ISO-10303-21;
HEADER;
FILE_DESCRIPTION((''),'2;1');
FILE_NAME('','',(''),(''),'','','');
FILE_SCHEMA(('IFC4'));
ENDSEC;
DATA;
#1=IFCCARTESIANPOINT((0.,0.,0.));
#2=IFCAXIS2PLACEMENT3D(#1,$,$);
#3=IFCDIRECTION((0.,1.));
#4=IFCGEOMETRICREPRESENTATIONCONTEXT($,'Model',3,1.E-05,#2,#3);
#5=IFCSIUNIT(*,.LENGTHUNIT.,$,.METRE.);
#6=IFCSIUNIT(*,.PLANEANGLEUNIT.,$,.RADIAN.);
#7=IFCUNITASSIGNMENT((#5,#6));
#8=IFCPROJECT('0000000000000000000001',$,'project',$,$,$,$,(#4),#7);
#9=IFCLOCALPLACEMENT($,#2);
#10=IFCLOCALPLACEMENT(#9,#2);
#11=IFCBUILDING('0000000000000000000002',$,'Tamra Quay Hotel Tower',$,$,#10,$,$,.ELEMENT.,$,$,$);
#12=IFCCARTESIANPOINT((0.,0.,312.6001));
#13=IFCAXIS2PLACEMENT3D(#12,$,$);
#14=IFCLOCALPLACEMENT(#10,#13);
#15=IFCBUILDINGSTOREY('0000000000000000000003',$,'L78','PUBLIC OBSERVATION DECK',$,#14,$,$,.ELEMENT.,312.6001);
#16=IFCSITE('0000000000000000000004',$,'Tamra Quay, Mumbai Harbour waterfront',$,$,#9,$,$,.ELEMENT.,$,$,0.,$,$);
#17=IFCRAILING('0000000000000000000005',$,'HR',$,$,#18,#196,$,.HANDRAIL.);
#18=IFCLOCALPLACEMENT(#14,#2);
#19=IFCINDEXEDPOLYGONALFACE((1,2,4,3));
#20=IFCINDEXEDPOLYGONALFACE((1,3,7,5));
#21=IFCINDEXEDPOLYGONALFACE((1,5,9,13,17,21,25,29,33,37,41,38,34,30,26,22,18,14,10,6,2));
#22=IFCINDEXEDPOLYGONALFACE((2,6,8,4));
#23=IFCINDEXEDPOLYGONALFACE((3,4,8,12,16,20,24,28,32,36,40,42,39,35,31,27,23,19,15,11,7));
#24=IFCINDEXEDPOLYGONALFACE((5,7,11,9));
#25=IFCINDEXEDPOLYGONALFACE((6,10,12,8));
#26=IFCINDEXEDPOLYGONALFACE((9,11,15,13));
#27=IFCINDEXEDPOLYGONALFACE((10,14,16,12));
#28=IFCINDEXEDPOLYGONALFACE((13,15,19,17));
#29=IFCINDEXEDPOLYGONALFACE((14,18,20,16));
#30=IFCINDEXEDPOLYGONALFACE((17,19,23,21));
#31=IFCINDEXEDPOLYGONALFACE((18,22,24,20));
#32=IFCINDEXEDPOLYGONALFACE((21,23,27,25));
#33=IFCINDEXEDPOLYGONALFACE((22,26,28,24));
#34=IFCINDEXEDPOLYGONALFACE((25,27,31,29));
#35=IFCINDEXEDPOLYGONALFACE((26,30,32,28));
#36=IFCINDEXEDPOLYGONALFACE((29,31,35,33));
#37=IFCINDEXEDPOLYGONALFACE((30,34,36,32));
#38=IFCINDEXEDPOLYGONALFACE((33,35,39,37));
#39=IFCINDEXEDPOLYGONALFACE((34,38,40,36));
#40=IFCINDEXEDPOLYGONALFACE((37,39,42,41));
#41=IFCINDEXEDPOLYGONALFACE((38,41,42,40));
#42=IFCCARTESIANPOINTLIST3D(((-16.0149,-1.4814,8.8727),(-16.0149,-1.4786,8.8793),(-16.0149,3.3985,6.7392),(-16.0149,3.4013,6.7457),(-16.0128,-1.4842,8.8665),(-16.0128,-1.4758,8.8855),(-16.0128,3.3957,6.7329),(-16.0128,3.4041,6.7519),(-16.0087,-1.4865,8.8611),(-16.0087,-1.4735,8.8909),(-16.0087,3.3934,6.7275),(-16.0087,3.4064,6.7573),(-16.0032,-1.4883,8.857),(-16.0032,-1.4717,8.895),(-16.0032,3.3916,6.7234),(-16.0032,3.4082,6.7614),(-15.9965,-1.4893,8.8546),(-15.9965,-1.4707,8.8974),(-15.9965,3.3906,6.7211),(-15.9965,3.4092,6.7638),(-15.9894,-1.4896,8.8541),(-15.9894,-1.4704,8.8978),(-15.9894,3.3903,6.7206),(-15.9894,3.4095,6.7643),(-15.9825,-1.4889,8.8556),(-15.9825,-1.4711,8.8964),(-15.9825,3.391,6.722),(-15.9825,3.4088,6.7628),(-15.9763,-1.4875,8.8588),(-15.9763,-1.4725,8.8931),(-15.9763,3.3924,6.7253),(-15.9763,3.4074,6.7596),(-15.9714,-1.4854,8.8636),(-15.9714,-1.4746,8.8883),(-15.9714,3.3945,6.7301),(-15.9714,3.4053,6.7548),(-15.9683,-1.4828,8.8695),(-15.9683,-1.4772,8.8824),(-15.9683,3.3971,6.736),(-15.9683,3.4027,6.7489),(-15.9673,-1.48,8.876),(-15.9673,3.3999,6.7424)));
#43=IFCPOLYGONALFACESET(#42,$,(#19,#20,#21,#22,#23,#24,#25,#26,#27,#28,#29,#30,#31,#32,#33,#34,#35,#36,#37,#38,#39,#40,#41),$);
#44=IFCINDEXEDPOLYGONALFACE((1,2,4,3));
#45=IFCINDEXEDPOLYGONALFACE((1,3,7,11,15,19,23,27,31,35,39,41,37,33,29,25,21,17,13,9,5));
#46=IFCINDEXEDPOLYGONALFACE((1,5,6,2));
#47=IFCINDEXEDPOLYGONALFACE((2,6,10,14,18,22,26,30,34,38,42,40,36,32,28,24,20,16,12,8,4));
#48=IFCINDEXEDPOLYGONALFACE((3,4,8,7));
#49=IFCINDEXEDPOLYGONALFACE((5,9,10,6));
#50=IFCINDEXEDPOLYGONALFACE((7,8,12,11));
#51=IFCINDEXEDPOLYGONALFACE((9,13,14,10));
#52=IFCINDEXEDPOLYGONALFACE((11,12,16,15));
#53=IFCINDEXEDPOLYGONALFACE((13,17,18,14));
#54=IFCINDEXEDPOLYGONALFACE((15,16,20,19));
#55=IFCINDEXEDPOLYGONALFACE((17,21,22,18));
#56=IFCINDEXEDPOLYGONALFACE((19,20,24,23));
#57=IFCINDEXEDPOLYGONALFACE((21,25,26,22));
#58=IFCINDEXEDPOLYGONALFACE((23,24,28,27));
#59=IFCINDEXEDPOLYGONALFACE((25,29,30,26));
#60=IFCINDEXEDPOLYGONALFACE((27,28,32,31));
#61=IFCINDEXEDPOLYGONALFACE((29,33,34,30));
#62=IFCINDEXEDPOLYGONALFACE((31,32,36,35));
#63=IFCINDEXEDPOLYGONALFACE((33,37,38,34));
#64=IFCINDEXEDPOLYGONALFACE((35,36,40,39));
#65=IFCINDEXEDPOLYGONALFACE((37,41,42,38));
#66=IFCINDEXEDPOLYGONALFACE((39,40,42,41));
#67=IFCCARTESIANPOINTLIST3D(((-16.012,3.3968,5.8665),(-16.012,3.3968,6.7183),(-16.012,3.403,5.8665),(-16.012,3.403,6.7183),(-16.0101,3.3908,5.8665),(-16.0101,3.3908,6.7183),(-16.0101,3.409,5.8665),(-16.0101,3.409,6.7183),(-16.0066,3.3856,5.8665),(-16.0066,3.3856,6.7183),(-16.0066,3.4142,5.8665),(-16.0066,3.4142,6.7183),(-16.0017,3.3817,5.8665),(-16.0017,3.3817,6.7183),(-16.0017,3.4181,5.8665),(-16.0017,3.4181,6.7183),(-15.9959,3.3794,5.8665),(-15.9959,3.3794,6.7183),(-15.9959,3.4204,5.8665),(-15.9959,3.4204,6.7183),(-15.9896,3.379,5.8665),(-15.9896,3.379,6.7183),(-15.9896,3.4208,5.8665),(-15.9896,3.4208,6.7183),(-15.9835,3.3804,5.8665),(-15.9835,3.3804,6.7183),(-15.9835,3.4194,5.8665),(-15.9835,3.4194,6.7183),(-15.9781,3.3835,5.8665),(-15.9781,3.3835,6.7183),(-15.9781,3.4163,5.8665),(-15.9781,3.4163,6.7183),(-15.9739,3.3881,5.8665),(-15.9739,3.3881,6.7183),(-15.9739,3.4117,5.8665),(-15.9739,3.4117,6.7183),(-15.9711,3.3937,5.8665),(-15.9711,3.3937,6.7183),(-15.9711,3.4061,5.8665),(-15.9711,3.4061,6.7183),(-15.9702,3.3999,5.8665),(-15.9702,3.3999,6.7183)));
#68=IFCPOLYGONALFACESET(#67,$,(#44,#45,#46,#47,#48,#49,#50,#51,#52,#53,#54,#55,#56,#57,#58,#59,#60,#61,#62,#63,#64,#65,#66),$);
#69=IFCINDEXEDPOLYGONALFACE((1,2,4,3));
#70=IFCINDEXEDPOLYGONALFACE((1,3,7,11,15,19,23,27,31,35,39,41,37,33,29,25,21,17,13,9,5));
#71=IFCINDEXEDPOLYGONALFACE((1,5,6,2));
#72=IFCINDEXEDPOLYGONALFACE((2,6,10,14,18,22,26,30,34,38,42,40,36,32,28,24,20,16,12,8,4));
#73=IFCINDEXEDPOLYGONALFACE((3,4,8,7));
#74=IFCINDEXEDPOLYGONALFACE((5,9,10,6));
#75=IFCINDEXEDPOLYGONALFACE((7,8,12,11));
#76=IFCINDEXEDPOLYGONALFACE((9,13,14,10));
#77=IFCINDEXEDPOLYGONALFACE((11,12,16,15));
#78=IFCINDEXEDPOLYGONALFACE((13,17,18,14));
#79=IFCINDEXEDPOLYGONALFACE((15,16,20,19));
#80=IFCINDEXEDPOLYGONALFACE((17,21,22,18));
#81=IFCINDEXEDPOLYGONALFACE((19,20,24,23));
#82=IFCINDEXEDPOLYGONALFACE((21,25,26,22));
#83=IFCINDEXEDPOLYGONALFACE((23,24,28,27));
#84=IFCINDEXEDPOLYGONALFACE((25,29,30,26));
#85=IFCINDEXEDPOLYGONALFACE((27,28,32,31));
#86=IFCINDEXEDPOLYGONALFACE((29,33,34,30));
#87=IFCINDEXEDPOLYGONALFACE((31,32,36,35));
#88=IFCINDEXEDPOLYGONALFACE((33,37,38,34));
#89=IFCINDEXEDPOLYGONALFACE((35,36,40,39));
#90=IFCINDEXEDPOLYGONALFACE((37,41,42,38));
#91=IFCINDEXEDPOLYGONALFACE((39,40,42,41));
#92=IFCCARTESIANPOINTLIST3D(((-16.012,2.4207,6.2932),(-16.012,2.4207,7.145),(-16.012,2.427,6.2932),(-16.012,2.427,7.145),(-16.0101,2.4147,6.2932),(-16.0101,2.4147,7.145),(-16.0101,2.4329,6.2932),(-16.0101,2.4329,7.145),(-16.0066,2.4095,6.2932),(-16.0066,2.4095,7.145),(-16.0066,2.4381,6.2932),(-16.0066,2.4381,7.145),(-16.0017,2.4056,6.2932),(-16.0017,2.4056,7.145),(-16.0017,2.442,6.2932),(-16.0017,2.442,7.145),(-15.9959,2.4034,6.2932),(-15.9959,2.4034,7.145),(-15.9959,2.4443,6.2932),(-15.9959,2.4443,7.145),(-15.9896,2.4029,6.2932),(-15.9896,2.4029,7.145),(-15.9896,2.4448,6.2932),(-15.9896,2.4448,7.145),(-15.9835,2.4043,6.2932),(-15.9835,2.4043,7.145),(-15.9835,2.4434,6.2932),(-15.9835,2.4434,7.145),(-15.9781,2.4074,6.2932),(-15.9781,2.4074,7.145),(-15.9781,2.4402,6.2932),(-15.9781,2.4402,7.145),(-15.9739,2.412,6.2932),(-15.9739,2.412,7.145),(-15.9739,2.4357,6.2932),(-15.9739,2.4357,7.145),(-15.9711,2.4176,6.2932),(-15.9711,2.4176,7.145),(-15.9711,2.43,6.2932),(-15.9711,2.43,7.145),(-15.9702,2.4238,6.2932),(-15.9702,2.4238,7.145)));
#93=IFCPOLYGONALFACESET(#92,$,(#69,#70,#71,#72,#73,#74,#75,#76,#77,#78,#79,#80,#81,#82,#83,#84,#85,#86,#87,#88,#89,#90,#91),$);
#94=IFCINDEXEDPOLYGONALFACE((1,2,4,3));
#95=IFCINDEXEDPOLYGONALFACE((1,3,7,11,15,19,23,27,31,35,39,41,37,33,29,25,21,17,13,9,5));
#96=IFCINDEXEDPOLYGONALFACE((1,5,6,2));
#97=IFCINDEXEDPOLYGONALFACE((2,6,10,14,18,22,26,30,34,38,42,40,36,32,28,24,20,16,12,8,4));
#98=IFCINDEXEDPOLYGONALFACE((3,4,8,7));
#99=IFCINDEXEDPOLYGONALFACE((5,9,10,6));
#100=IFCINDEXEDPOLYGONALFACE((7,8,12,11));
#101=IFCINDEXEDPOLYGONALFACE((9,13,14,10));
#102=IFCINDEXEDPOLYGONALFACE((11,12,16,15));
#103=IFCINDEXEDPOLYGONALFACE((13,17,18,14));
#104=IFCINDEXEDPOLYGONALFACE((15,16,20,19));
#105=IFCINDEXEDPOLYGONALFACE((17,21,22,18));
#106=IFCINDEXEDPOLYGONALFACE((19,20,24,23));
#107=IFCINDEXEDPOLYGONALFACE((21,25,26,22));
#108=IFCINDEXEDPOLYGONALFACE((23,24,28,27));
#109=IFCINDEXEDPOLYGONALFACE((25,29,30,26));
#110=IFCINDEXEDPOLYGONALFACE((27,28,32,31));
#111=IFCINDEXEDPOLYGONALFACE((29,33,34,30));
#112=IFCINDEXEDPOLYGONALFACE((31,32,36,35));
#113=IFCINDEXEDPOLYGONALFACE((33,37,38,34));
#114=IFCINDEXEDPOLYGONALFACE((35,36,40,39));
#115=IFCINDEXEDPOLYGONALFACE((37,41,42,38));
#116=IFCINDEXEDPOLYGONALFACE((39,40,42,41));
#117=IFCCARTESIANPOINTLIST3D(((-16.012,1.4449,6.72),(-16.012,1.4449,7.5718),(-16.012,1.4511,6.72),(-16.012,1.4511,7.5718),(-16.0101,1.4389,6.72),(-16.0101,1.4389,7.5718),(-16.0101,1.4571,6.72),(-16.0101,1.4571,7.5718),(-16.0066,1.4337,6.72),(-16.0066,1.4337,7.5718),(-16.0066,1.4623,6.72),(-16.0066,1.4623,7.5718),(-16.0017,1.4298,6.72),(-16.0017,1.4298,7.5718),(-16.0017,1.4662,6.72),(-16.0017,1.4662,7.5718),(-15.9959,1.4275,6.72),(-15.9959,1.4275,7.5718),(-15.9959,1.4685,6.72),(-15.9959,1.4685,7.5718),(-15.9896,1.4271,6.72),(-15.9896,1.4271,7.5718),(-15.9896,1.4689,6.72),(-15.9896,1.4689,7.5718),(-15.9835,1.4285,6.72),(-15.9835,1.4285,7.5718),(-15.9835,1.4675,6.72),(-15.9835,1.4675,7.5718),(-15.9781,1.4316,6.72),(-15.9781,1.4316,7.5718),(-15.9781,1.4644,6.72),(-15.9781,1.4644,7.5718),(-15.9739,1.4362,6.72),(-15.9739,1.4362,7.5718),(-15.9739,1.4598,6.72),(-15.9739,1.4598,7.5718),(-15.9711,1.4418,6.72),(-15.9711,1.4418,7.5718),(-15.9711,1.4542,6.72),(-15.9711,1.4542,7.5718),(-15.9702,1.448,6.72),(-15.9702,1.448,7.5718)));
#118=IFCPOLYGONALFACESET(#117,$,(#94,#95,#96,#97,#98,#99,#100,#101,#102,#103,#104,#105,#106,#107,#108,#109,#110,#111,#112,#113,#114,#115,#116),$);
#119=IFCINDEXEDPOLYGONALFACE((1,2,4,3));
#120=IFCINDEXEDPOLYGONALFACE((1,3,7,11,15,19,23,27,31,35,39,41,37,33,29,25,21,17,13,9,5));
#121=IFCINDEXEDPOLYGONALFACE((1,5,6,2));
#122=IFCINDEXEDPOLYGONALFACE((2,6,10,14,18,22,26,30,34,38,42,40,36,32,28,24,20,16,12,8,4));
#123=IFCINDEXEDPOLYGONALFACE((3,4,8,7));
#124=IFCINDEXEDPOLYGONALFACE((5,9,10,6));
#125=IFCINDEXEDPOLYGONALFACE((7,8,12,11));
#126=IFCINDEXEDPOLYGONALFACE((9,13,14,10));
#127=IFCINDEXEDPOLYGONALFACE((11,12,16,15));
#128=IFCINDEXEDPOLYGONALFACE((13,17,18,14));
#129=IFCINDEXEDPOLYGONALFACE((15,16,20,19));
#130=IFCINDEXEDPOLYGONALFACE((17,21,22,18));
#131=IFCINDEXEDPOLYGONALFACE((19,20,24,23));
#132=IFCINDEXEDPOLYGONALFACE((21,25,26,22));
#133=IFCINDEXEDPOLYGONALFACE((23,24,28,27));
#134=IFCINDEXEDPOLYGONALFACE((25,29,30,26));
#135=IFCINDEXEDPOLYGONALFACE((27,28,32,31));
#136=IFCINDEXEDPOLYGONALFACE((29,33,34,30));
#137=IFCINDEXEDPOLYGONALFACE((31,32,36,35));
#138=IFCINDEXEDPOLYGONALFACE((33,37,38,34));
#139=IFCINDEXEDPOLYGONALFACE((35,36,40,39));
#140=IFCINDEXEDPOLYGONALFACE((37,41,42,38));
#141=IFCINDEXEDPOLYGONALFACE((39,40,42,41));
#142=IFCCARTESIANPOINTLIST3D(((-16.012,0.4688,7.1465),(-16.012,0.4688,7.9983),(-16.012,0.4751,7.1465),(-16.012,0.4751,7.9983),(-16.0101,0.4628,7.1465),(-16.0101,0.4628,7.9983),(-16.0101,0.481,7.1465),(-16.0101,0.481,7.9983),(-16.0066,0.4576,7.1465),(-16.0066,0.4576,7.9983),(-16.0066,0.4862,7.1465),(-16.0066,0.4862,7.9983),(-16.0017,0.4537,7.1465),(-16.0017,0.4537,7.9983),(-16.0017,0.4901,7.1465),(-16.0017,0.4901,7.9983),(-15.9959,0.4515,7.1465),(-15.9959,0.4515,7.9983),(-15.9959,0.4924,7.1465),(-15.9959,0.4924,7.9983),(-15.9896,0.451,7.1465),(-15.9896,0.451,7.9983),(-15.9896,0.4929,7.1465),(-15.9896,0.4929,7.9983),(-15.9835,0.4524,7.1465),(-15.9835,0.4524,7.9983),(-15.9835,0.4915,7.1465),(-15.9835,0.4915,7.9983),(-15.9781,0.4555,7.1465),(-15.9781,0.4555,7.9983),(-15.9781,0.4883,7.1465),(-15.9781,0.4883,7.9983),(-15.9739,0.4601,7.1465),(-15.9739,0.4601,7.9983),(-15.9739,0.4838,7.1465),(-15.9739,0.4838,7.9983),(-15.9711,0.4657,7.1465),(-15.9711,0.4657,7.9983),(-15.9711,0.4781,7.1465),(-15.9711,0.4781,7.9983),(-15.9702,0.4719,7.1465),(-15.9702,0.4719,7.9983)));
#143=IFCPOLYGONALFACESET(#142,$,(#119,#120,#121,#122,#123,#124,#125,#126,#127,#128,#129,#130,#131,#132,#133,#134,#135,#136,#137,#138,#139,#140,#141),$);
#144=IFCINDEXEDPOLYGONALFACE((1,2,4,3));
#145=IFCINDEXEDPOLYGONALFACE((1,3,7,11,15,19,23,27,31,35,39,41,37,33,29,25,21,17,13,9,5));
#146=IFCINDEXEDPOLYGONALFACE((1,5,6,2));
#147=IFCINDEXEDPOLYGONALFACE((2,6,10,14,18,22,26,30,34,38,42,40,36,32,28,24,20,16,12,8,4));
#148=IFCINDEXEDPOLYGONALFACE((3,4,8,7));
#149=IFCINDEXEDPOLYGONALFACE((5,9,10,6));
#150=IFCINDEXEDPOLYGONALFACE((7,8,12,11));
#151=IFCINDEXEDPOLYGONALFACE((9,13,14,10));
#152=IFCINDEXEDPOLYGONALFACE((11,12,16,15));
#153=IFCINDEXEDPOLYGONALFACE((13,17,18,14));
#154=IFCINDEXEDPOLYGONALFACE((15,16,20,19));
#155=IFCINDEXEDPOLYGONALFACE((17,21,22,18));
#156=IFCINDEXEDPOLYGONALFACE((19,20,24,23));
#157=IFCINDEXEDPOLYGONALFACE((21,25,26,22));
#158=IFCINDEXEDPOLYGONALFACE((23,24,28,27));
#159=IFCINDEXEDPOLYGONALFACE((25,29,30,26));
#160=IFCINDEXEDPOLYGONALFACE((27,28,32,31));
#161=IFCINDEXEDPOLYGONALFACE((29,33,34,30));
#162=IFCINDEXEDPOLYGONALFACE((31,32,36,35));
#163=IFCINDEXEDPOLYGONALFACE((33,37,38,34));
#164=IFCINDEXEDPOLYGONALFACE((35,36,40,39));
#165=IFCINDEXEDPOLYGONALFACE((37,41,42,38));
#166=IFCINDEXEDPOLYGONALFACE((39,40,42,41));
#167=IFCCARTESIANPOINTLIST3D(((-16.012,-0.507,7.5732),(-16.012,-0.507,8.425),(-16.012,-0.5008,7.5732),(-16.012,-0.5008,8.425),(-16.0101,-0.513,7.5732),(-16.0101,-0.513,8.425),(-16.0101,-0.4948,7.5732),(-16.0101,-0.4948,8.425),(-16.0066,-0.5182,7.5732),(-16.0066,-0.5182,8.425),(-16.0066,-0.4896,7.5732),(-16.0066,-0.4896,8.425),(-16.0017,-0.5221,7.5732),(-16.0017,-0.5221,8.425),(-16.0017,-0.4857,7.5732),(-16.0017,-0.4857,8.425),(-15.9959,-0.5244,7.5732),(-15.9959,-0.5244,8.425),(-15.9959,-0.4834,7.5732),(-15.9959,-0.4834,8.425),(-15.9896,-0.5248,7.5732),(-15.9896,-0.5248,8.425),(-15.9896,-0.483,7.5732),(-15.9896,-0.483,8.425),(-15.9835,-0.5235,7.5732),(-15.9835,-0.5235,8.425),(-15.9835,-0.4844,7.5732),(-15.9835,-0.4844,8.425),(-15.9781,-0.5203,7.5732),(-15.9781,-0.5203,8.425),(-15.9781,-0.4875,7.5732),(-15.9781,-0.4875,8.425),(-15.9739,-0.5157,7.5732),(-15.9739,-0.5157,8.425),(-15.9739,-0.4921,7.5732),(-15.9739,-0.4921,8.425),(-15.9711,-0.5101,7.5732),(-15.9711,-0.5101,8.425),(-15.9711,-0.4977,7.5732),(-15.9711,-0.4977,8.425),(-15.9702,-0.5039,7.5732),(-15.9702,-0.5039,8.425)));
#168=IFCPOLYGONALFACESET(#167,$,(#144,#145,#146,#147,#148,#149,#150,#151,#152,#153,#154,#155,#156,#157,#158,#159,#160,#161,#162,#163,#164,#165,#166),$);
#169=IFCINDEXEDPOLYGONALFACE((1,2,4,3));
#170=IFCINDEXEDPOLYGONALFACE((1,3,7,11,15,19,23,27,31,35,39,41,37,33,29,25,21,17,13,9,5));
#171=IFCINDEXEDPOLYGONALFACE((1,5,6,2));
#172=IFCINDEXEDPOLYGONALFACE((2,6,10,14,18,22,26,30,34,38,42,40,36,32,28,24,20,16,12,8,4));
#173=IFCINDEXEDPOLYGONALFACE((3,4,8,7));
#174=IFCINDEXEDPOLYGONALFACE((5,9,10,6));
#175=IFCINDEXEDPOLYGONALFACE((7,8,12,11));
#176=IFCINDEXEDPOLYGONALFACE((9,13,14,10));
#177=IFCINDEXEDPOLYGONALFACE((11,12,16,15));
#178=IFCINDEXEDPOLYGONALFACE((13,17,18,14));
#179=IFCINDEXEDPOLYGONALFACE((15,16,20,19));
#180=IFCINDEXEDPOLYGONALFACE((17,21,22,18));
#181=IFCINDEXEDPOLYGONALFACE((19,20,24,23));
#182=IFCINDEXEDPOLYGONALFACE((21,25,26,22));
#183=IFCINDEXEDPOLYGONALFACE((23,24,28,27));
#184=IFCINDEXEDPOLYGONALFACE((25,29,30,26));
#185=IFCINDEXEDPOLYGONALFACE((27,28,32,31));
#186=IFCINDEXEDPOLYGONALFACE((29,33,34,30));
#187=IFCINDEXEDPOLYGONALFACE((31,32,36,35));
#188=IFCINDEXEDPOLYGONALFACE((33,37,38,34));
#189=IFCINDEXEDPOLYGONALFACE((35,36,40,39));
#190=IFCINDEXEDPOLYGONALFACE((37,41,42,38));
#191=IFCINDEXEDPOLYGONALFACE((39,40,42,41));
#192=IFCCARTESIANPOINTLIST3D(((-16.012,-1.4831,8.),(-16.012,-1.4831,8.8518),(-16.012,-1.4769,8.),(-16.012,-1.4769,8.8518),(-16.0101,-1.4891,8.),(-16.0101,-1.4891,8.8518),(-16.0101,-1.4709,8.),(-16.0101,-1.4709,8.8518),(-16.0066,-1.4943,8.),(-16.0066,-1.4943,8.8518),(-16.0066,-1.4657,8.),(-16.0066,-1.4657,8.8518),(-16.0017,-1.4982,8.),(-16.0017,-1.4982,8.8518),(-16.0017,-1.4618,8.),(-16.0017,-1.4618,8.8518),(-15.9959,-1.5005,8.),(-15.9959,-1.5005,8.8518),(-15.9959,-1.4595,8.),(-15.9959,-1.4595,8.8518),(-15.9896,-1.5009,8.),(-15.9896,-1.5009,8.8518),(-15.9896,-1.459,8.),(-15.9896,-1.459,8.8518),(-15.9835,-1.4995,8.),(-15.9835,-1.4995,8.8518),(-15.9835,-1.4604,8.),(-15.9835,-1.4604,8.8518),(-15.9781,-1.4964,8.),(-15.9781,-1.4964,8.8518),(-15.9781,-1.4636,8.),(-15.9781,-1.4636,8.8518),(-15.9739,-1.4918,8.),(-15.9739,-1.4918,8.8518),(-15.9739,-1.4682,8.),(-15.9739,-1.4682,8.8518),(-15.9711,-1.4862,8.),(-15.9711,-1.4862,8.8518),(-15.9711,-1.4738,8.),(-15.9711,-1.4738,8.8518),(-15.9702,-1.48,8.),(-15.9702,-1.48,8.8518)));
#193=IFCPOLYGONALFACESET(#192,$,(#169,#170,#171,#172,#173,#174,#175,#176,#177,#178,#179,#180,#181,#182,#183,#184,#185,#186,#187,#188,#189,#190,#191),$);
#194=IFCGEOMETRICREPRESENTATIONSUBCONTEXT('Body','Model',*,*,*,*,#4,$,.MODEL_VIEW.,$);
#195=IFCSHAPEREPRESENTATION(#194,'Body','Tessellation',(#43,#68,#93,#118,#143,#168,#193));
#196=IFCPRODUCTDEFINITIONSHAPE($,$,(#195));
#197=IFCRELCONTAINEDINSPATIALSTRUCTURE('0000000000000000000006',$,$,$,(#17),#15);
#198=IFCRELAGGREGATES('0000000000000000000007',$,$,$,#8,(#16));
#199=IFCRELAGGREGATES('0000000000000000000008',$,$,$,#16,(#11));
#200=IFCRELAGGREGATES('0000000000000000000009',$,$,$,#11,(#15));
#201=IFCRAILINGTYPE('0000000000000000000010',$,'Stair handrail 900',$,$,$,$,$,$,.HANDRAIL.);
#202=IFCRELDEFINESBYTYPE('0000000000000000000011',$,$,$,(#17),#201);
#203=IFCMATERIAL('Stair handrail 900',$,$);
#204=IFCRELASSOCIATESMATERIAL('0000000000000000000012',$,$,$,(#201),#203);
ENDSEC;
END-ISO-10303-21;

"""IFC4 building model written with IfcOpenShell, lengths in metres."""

from ifc_helpers import new_model, si_unit, direction, frame, origin, origin_2d, place, context, subcontext, project, spatial, circle, extrude, material, type_object, element, save


model = new_model("IFC4")

# Units and contexts
model_context = context("Model", 3, precision=1e-05, world=origin(), true_north=direction((0.0, 1.0)))
body_context = subcontext(model_context, "Body", "Model", "MODEL_VIEW")
ifc_project = project(units=[si_unit("LENGTHUNIT", "METRE"), si_unit("PLANEANGLEUNIT", "RADIAN")], contexts=[model_context])

# Site, building, storey
site_placement = place(None, origin())
site = spatial("IfcSite", under=ifc_project, at=site_placement, Name="Tamra Quay, Mumbai Harbour waterfront", CompositionType="ELEMENT", RefElevation=0.0)
building_placement = place(site_placement, origin())
building = spatial("IfcBuilding", under=site, at=building_placement, Name="Tamra Quay Hotel Tower", CompositionType="ELEMENT")
storey_placement = place(building_placement, frame((0.0, 0.0, 312.6001)))
storey = spatial("IfcBuildingStorey", under=building, at=storey_placement, Name="L78", Description="PUBLIC OBSERVATION DECK", CompositionType="ELEMENT", Elevation=312.6001)

# Railing
ifc_material_1 = material(Name="Stair handrail 900")
railing_type = type_object("IfcRailingType", Name="Stair handrail 900", PredefinedType="HANDRAIL", material=ifc_material_1)
railing_placement = place(storey_placement, frame((-15.9912, 3.3999, 5.8665)))
element("IfcRailing", 1, at=railing_placement, inside=storey, type_object=railing_type, Name="HR", PredefinedType="HANDRAIL", context=body_context, shape_type="SweptSolid", body=[
    extrude(circle(Radius=0.0239, at=origin_2d()), frame((0.0, 0.0, 0.876), z_axis=(0.0, -0.916254, 0.400598), x_axis=(1.0, 0.0, 0.0)), (0.0, 0.0, 1.0), 5.3259),
    extrude(circle(Radius=0.021, at=origin_2d()), origin(), (0.0, 0.0, 1.0), 0.8518),
    extrude(circle(Radius=0.021, at=origin_2d()), frame((0.0, -0.9761, 0.4268)), (0.0, 0.0, 1.0), 0.8518),
    extrude(circle(Radius=0.021, at=origin_2d()), frame((0.0, -1.9519, 0.8535)), (0.0, 0.0, 1.0), 0.8518),
    extrude(circle(Radius=0.021, at=origin_2d()), frame((0.0, -2.928, 1.28)), (0.0, 0.0, 1.0), 0.8518),
    extrude(circle(Radius=0.021, at=origin_2d()), frame((0.0, -3.9038, 1.7068)), (0.0, 0.0, 1.0), 0.8518),
    extrude(circle(Radius=0.021, at=origin_2d()), frame((0.0, -4.8799, 2.1335)), (0.0, 0.0, 1.0), 0.8518),
])

save(model, "model.ifc")
